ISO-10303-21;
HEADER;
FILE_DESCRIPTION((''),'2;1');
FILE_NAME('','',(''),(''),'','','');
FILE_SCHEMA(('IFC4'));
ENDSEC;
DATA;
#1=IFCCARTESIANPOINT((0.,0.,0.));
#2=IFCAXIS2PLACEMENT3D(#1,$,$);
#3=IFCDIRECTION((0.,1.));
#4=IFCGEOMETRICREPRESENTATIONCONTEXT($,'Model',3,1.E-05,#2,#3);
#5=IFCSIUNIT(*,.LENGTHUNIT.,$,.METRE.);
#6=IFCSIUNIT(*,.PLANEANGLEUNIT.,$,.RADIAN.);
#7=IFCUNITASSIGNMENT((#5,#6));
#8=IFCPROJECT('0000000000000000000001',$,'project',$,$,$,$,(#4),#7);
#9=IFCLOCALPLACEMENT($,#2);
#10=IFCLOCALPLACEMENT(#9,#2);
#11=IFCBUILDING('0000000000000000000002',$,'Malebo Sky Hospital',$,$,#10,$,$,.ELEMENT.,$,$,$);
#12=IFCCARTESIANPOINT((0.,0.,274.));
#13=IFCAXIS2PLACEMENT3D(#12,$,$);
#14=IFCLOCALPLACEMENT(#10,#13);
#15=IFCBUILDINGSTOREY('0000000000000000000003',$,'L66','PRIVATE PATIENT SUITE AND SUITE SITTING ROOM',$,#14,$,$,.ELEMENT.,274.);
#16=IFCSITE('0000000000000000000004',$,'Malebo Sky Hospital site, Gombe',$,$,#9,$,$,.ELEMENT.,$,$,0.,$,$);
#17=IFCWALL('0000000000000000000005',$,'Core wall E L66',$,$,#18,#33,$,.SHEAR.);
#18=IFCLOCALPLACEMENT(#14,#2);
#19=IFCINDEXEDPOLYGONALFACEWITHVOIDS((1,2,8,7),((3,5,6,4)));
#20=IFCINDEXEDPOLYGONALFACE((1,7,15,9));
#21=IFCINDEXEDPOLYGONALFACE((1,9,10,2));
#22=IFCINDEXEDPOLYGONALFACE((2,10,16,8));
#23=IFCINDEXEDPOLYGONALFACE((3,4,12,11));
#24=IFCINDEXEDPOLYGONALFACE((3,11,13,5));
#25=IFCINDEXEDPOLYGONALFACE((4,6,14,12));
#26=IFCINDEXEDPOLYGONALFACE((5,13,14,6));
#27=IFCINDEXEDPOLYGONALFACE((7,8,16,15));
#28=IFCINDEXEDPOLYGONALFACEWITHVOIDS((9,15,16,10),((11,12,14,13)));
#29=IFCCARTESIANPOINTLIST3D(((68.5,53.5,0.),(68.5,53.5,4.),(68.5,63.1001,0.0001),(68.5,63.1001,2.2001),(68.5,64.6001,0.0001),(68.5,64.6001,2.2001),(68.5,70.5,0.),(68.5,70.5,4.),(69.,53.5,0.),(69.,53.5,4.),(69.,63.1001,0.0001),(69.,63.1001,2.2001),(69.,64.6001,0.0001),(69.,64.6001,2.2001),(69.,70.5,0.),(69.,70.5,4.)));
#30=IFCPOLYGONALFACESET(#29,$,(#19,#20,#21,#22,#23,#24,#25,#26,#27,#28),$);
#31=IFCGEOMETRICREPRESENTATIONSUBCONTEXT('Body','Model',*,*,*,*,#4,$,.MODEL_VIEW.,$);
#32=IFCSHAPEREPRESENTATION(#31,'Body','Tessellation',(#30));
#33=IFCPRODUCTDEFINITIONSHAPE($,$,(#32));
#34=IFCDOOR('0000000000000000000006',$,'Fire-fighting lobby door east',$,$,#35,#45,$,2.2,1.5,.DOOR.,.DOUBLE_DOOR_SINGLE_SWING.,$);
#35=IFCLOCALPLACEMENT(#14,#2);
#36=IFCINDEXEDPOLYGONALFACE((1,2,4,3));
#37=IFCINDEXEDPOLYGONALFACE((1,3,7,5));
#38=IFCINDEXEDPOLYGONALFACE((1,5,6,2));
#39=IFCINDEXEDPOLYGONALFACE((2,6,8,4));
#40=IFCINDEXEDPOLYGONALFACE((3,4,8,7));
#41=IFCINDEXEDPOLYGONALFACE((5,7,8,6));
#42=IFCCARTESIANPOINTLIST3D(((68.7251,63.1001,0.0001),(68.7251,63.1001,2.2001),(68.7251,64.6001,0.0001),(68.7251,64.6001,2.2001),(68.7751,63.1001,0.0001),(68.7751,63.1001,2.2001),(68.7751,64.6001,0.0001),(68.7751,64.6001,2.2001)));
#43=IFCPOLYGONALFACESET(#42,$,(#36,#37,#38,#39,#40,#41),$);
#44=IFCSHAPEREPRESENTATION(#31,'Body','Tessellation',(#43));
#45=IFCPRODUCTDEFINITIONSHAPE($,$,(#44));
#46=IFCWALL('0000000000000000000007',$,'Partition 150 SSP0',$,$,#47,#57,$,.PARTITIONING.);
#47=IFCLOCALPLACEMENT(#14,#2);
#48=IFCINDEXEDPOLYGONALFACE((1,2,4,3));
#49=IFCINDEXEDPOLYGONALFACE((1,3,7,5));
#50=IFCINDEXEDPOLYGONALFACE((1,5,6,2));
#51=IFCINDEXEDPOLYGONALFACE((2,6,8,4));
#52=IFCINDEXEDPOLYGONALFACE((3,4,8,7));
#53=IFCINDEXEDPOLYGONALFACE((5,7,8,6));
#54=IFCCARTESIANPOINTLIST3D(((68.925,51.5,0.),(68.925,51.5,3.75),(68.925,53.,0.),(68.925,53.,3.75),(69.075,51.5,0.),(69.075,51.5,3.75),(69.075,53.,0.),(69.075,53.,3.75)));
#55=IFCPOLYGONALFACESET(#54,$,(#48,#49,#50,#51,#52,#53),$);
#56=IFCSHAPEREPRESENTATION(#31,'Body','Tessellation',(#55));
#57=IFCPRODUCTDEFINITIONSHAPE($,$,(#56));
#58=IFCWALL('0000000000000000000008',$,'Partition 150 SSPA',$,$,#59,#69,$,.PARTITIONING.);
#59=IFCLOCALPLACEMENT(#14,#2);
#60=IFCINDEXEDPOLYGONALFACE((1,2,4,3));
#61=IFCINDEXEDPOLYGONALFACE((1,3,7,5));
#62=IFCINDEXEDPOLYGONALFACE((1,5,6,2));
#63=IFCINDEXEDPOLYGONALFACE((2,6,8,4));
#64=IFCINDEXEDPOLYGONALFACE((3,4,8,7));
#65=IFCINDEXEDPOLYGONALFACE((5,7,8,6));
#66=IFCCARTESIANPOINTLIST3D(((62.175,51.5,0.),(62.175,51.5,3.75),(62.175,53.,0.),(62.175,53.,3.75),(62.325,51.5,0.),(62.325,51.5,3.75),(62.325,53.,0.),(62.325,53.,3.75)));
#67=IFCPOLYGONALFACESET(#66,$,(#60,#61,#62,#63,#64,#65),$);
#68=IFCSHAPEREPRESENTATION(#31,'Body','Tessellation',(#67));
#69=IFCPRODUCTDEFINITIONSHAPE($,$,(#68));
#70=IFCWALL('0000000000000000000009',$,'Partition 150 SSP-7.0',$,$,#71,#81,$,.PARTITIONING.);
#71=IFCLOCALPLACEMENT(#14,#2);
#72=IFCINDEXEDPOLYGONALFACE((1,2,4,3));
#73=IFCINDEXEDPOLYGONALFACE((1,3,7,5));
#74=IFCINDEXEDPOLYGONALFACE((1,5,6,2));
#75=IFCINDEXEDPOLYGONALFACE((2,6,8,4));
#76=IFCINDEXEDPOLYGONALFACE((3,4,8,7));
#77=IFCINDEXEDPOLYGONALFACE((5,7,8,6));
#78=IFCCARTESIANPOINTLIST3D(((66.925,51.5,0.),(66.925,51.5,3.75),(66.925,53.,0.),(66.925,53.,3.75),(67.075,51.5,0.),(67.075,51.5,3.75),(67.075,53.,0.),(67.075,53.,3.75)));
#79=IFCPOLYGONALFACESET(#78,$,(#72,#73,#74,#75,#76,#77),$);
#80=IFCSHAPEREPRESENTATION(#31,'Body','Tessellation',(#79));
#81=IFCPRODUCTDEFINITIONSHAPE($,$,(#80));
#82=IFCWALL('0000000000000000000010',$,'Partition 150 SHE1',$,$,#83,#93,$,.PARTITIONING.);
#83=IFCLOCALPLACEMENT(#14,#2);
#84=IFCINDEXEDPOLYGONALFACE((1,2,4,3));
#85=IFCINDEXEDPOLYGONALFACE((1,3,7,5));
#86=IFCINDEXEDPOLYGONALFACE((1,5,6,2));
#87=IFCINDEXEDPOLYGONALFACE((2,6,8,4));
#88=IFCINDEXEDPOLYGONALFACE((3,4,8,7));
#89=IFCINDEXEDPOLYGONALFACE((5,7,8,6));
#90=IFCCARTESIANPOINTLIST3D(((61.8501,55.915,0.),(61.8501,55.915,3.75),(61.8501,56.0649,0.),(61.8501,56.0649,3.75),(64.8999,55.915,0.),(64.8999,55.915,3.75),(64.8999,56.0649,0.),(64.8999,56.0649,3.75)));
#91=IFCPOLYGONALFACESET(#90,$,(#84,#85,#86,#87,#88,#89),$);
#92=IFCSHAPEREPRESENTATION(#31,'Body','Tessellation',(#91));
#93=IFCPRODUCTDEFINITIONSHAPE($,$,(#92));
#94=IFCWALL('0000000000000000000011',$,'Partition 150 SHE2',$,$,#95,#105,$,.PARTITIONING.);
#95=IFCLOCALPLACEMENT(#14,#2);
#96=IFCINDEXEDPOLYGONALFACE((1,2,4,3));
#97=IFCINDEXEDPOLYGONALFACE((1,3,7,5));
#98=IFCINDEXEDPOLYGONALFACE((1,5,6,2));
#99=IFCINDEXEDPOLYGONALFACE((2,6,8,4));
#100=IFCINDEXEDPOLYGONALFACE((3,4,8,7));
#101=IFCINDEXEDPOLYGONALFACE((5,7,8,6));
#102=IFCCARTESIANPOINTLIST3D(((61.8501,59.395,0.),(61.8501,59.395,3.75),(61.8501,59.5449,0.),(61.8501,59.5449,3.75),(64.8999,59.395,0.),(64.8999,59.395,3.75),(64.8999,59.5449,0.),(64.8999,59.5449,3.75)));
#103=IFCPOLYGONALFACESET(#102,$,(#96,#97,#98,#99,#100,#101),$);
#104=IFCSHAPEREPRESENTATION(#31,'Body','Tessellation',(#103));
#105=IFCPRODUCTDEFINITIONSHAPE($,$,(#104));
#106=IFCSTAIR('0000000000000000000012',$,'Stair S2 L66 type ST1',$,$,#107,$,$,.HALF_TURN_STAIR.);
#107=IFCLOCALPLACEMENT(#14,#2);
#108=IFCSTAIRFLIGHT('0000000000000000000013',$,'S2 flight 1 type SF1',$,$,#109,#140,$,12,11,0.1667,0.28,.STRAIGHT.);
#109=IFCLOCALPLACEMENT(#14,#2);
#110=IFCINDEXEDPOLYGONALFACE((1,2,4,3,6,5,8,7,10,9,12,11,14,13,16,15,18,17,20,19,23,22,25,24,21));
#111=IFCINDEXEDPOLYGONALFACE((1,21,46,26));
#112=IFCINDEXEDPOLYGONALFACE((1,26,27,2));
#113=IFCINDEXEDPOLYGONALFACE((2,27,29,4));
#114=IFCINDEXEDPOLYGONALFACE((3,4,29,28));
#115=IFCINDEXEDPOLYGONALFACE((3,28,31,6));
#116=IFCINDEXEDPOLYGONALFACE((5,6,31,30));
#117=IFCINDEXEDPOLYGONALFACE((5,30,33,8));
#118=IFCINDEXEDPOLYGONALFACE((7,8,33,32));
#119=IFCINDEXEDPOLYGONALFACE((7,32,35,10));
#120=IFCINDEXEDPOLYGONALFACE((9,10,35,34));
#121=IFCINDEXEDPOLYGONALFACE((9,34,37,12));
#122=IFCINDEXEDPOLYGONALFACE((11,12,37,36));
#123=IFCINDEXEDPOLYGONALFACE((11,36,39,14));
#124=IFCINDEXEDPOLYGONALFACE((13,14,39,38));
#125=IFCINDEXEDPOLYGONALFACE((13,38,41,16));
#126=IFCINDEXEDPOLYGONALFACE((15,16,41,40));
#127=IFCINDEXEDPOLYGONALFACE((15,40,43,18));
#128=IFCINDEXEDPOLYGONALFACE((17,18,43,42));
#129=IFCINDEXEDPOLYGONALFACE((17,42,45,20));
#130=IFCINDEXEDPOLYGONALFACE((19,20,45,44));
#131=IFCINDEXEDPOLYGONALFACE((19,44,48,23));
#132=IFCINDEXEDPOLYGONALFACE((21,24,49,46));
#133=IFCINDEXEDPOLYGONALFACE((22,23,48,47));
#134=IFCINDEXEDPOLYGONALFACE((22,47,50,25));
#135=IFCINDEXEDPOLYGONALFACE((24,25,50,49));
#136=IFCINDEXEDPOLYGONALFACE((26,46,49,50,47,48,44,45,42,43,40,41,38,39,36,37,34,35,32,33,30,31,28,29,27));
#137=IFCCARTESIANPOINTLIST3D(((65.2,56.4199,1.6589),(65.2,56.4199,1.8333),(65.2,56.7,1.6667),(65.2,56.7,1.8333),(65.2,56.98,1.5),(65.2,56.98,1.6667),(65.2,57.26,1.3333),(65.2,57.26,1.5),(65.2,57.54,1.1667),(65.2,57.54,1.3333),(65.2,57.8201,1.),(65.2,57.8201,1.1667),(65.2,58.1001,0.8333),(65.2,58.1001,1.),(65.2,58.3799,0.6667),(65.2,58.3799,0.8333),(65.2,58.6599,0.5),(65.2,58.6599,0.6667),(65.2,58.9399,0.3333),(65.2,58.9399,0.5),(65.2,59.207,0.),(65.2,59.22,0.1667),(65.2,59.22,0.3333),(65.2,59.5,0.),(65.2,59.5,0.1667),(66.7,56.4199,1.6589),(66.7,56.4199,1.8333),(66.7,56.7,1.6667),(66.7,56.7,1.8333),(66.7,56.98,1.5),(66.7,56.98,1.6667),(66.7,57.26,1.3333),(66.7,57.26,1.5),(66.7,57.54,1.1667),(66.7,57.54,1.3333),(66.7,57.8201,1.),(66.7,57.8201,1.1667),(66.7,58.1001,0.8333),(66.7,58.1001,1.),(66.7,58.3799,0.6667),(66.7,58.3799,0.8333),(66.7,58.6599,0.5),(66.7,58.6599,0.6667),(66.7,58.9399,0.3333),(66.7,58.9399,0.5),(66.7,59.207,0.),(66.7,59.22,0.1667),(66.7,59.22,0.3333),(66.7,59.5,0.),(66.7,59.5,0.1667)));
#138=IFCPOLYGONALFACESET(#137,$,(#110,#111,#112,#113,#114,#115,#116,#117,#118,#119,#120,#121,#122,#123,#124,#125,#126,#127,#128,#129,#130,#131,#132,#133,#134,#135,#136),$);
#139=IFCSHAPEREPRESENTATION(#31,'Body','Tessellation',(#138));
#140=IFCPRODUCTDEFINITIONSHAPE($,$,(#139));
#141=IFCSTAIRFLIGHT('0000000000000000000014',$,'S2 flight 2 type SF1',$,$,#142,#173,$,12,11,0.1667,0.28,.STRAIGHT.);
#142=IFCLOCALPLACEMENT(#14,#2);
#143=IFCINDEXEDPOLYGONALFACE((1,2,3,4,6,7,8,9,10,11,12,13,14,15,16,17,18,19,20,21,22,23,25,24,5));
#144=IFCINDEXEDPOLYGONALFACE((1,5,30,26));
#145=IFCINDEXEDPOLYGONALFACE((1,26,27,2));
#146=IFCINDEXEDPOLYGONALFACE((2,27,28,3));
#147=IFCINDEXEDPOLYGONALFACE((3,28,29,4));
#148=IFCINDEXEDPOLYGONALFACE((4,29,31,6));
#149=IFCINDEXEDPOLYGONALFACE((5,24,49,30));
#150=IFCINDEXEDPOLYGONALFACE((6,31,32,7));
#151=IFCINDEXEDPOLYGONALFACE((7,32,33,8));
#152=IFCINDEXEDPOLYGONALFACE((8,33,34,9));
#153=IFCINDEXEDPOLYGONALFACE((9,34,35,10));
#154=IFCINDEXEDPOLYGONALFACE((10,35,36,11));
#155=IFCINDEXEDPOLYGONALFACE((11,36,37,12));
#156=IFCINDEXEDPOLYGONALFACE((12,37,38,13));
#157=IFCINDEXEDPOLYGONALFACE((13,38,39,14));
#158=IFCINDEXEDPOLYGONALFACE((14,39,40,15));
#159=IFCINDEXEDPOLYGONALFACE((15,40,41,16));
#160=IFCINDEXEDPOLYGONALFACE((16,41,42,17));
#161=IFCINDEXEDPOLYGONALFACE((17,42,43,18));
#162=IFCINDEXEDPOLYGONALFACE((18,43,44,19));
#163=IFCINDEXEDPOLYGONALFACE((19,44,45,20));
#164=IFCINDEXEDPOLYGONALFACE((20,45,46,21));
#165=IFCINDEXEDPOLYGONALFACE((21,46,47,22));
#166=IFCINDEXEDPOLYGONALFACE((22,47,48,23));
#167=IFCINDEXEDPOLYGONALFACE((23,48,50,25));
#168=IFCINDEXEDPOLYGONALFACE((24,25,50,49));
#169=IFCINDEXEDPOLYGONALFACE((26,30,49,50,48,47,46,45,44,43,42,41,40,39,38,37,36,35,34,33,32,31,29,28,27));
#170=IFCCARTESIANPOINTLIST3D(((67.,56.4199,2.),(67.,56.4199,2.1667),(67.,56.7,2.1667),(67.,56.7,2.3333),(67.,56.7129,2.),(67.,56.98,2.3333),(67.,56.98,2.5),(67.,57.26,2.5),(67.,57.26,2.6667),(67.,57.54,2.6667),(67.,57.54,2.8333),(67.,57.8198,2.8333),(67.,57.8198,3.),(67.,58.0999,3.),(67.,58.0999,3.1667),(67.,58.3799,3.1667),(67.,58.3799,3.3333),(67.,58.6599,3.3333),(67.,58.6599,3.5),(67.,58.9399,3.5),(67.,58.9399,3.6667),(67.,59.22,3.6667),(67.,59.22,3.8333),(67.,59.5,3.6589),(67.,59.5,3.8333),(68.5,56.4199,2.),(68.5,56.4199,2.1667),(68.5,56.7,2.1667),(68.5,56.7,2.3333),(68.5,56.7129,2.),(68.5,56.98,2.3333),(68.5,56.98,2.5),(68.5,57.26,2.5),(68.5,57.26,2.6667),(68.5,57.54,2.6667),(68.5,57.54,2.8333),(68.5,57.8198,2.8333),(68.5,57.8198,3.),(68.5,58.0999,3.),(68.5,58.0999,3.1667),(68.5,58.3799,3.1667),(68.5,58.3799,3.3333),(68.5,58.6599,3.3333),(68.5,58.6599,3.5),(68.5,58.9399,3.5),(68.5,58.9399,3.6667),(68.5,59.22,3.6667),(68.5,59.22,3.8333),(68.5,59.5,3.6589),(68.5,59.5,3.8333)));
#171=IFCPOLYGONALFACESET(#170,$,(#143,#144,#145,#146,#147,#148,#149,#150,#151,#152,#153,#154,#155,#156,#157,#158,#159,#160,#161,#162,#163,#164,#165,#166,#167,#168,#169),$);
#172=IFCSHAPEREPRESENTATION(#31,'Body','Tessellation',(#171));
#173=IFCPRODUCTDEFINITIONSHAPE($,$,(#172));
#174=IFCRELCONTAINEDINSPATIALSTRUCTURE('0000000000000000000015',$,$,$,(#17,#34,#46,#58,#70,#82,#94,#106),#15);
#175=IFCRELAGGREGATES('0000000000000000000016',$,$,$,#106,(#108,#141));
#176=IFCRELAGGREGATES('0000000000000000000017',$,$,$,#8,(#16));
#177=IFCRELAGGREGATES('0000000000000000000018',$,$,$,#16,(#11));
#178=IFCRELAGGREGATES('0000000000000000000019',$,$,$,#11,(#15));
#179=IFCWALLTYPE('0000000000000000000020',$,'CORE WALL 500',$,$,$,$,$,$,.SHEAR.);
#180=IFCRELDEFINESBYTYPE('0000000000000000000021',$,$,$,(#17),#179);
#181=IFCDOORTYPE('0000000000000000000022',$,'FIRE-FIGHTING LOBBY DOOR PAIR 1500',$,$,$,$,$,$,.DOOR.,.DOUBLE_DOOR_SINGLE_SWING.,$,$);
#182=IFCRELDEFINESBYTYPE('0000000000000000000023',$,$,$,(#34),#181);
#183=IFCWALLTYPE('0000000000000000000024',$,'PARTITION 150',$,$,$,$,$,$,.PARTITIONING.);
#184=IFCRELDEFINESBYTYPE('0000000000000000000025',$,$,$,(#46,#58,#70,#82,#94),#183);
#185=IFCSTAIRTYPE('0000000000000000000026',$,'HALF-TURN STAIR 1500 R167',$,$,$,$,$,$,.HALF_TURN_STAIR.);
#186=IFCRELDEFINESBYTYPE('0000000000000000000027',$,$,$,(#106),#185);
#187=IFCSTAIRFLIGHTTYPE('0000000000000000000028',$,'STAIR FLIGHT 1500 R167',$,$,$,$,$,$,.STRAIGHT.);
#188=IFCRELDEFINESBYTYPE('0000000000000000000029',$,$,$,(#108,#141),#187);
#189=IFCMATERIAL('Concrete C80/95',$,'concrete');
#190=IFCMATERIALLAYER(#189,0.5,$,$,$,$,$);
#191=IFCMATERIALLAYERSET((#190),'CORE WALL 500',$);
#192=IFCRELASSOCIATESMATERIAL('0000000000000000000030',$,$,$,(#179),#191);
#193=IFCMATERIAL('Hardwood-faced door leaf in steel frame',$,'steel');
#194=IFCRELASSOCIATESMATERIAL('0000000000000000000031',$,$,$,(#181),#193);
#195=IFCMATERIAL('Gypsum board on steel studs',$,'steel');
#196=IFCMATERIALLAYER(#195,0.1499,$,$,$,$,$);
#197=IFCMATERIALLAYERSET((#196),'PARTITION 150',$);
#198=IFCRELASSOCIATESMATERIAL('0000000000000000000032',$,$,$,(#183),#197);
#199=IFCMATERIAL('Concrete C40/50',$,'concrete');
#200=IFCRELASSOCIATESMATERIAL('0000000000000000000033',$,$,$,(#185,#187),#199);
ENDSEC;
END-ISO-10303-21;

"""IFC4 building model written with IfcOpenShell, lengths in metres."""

from ifc_helpers import new_model, si_unit, direction, frame, frame_2d, origin, place, context, subcontext, project, spatial, polyline, rectangle, outline, extrude, material, layer, layer_set, type_object, element, fill, aggregate, save


model = new_model("IFC4")

# Units and contexts
model_context = context("Model", 3, precision=1e-05, world=origin(), true_north=direction((0.0, 1.0)))
body_context = subcontext(model_context, "Body", "Model", "MODEL_VIEW")
ifc_project = project(units=[si_unit("LENGTHUNIT", "METRE"), si_unit("PLANEANGLEUNIT", "RADIAN")], contexts=[model_context])

# Site, building, storey
site_placement = place(None, origin())
site = spatial("IfcSite", under=ifc_project, at=site_placement, Name="Malebo Sky Hospital site, Gombe", CompositionType="ELEMENT", RefElevation=0.0)
building_placement = place(site_placement, origin())
building = spatial("IfcBuilding", under=site, at=building_placement, Name="Malebo Sky Hospital", CompositionType="ELEMENT")
storey_placement = place(building_placement, frame((0.0, 0.0, 274.0)))
storey = spatial("IfcBuildingStorey", under=building, at=storey_placement, Name="L66", Description="PRIVATE PATIENT SUITE AND SUITE SITTING ROOM", CompositionType="ELEMENT", Elevation=274.0)

# Shared definitions
ifc_material_1 = material(Name="Concrete C80/95", Category="concrete")
ifc_material_2 = material(Name="Hardwood-faced door leaf in steel frame", Category="steel")

# Wall, opening, door
ifc_layer_1 = layer(ifc_material_1, 0.5)
ifc_layer_set_1 = layer_set([ifc_layer_1], Name="CORE WALL 500")
wall_type_1 = type_object("IfcWallType", Name="CORE WALL 500", PredefinedType="SHEAR", material=ifc_layer_set_1)
wall_1_placement = place(storey_placement, frame((68.75, 53.5, 0.0), z_axis=(0.0, 0.0, 1.0), x_axis=(0.0, 1.0, 0.0)))
wall_1 = element("IfcWall", 1, at=wall_1_placement, inside=storey, type_object=wall_type_1, Name="Core wall E L66", PredefinedType="SHEAR", context=body_context, shape_type="SweptSolid", body=[
    extrude(rectangle(XDim=17.0, YDim=0.5, at=frame_2d((8.5, 0.0))), origin(), (0.0, 0.0, 1.0), 4.0),
])
opening_1_placement = place(wall_1_placement, frame((9.6001, 0.0, 0.0)))
opening_1 = element("IfcOpeningElement", 2, at=opening_1_placement, cuts=wall_1, PredefinedType="OPENING", context=body_context, shape_type="SweptSolid", body=[
    extrude(rectangle(XDim=1.5, YDim=2.2, at=frame_2d((0.75, 1.1001))), frame((0.0, 0.26, 0.0), z_axis=(0.0, -1.0, 0.0), x_axis=(1.0, 0.0, 0.0)), (0.0, 0.0, 1.0), 0.52),
])
door_type_1 = type_object("IfcDoorType", Name="FIRE-FIGHTING LOBBY DOOR PAIR 1500", OperationType="DOUBLE_DOOR_SINGLE_SWING", PredefinedType="DOOR", material=ifc_material_2)
door_1_placement = place(opening_1_placement, origin())
door_1 = element("IfcDoor", 3, at=door_1_placement, inside=storey, type_object=door_type_1, Name="Fire-fighting lobby door east", OperationType="DOUBLE_DOOR_SINGLE_SWING", OverallHeight=2.2, OverallWidth=1.5, PredefinedType="DOOR", context=body_context, shape_type="SweptSolid", body=[
    extrude(rectangle(XDim=1.5, YDim=2.2, at=frame_2d((0.75, 1.1001))), frame((0.0, 0.0249, 0.0), z_axis=(0.0, -1.0, 0.0), x_axis=(1.0, 0.0, 0.0)), (0.0, 0.0, 1.0), 0.05),
])
fill(opening_1, door_1)

# Walls
ifc_material_3 = material(Name="Gypsum board on steel studs", Category="steel")
ifc_layer_2 = layer(ifc_material_3, 0.1499)
ifc_layer_set_2 = layer_set([ifc_layer_2], Name="PARTITION 150")
wall_type_2 = type_object("IfcWallType", Name="PARTITION 150", PredefinedType="PARTITIONING", material=ifc_layer_set_2)
for number, where, z_axis, x_axis, name in (
    (4, (69.0, 53.0, 0.0), (0.0, 0.0, 1.0), (0.0, -1.0, 0.0), "Partition 150 SSP0"),
    (5, (62.25, 53.0, 0.0), (0.0, 0.0, 1.0), (0.0, -1.0, 0.0), "Partition 150 SSPA"),
    (6, (67.0, 53.0, 0.0), (0.0, 0.0, 1.0), (0.0, -1.0, 0.0), "Partition 150 SSP-7.0"),
):
    element("IfcWall", number, at=place(storey_placement, frame(where, z_axis=z_axis, x_axis=x_axis)), inside=storey, type_object=wall_type_2, Name=name, PredefinedType="PARTITIONING", context=body_context, shape_type="SweptSolid", body=[
        extrude(rectangle(XDim=1.5, YDim=0.1499, at=frame_2d((0.75, 0.0))), origin(), (0.0, 0.0, 1.0), 3.75),
    ])
for number, where, z_axis, x_axis, name in (
    (7, (61.8501, 55.99, 0.0), (0.0, 0.0, 1.0), (1.0, 0.0, 0.0), "Partition 150 SHE1"),
    (8, (61.8501, 59.47, 0.0), (0.0, 0.0, 1.0), (1.0, 0.0, 0.0), "Partition 150 SHE2"),
):
    element("IfcWall", number, at=place(storey_placement, frame(where, z_axis=z_axis, x_axis=x_axis)), inside=storey, type_object=wall_type_2, Name=name, PredefinedType="PARTITIONING", context=body_context, shape_type="SweptSolid", body=[
        extrude(rectangle(XDim=3.0498, YDim=0.1499, at=frame_2d((1.5249, 0.0))), origin(), (0.0, 0.0, 1.0), 3.75),
    ])

# Stair, stair flights
ifc_material_4 = material(Name="Concrete C40/50", Category="concrete")
stair_type = type_object("IfcStairType", Name="HALF-TURN STAIR 1500 R167", PredefinedType="HALF_TURN_STAIR", material=ifc_material_4)
stair_placement = place(storey_placement, origin())
stair = element("IfcStair", 9, at=stair_placement, inside=storey, type_object=stair_type, Name="Stair S2 L66 type ST1", PredefinedType="HALF_TURN_STAIR")
stair_flight_type = type_object("IfcStairFlightType", Name="STAIR FLIGHT 1500 R167", PredefinedType="STRAIGHT", material=ifc_material_4)
stair_flight_1_placement = place(storey_placement, frame((65.95, 59.5, 0.0), z_axis=(0.0, 0.0, 1.0), x_axis=(0.0, -1.0, 0.0)))
stair_flight_1 = element("IfcStairFlight", 10, at=stair_flight_1_placement, type_object=stair_flight_type, Name="S2 flight 1 type SF1", NumberOfRisers=12, NumberOfTreads=11, PredefinedType="STRAIGHT", RiserHeight=0.1667, TreadLength=0.28, context=body_context, shape_type="SweptSolid", body=[
    extrude(outline(polyline([(0.0, 0.0), (0.0, 0.1667), (0.28, 0.1667), (0.28, 0.3333), (0.5601, 0.3333), (0.5601, 0.5), (0.8401, 0.5), (0.8401, 0.6667), (1.1201, 0.6667), (1.1201, 0.8333), (1.3999, 0.8333), (1.3999, 1.0), (1.6799, 1.0), (1.6799, 1.1667), (1.96, 1.1667), (1.96, 1.3333), (2.24, 1.3333), (2.24, 1.5), (2.52, 1.5), (2.52, 1.6667), (2.8, 1.6667), (2.8, 1.8333), (3.0801, 1.8333), (3.0801, 2.0), (3.0801, 1.6589), (0.293, 0.0), (0.0, 0.0)])), frame((0.0, 0.75, 0.0), z_axis=(0.0, -1.0, 0.0), x_axis=(1.0, 0.0, 0.0)), (0.0, 0.0, 1.0), 1.5),
])
stair_flight_2_placement = place(storey_placement, frame((67.75, 56.4199, 2.0), z_axis=(0.0, 0.0, 1.0), x_axis=(0.0, 1.0, 0.0)))
stair_flight_2 = element("IfcStairFlight", 11, at=stair_flight_2_placement, type_object=stair_flight_type, Name="S2 flight 2 type SF1", NumberOfRisers=12, NumberOfTreads=11, PredefinedType="STRAIGHT", RiserHeight=0.1667, TreadLength=0.28, context=body_context, shape_type="SweptSolid", body=[
    extrude(outline(polyline([(0.0, 0.0), (0.0, 0.1667), (0.28, 0.1667), (0.28, 0.3333), (0.5601, 0.3333), (0.5601, 0.5), (0.8401, 0.5), (0.8401, 0.6667), (1.1201, 0.6667), (1.1201, 0.8333), (1.3999, 0.8333), (1.3999, 1.0), (1.6799, 1.0), (1.6799, 1.1667), (1.96, 1.1667), (1.96, 1.3333), (2.24, 1.3333), (2.24, 1.5), (2.52, 1.5), (2.52, 1.6667), (2.8, 1.6667), (2.8, 1.8333), (3.0801, 1.8333), (3.0801, 2.0), (3.0801, 1.6589), (0.293, 0.0), (0.0, 0.0)])), frame((0.0, 0.75, 0.0), z_axis=(0.0, -1.0, 0.0), x_axis=(1.0, 0.0, 0.0)), (0.0, 0.0, 1.0), 1.5),
])
aggregate(stair, [stair_flight_1, stair_flight_2])

save(model, "model.ifc")
